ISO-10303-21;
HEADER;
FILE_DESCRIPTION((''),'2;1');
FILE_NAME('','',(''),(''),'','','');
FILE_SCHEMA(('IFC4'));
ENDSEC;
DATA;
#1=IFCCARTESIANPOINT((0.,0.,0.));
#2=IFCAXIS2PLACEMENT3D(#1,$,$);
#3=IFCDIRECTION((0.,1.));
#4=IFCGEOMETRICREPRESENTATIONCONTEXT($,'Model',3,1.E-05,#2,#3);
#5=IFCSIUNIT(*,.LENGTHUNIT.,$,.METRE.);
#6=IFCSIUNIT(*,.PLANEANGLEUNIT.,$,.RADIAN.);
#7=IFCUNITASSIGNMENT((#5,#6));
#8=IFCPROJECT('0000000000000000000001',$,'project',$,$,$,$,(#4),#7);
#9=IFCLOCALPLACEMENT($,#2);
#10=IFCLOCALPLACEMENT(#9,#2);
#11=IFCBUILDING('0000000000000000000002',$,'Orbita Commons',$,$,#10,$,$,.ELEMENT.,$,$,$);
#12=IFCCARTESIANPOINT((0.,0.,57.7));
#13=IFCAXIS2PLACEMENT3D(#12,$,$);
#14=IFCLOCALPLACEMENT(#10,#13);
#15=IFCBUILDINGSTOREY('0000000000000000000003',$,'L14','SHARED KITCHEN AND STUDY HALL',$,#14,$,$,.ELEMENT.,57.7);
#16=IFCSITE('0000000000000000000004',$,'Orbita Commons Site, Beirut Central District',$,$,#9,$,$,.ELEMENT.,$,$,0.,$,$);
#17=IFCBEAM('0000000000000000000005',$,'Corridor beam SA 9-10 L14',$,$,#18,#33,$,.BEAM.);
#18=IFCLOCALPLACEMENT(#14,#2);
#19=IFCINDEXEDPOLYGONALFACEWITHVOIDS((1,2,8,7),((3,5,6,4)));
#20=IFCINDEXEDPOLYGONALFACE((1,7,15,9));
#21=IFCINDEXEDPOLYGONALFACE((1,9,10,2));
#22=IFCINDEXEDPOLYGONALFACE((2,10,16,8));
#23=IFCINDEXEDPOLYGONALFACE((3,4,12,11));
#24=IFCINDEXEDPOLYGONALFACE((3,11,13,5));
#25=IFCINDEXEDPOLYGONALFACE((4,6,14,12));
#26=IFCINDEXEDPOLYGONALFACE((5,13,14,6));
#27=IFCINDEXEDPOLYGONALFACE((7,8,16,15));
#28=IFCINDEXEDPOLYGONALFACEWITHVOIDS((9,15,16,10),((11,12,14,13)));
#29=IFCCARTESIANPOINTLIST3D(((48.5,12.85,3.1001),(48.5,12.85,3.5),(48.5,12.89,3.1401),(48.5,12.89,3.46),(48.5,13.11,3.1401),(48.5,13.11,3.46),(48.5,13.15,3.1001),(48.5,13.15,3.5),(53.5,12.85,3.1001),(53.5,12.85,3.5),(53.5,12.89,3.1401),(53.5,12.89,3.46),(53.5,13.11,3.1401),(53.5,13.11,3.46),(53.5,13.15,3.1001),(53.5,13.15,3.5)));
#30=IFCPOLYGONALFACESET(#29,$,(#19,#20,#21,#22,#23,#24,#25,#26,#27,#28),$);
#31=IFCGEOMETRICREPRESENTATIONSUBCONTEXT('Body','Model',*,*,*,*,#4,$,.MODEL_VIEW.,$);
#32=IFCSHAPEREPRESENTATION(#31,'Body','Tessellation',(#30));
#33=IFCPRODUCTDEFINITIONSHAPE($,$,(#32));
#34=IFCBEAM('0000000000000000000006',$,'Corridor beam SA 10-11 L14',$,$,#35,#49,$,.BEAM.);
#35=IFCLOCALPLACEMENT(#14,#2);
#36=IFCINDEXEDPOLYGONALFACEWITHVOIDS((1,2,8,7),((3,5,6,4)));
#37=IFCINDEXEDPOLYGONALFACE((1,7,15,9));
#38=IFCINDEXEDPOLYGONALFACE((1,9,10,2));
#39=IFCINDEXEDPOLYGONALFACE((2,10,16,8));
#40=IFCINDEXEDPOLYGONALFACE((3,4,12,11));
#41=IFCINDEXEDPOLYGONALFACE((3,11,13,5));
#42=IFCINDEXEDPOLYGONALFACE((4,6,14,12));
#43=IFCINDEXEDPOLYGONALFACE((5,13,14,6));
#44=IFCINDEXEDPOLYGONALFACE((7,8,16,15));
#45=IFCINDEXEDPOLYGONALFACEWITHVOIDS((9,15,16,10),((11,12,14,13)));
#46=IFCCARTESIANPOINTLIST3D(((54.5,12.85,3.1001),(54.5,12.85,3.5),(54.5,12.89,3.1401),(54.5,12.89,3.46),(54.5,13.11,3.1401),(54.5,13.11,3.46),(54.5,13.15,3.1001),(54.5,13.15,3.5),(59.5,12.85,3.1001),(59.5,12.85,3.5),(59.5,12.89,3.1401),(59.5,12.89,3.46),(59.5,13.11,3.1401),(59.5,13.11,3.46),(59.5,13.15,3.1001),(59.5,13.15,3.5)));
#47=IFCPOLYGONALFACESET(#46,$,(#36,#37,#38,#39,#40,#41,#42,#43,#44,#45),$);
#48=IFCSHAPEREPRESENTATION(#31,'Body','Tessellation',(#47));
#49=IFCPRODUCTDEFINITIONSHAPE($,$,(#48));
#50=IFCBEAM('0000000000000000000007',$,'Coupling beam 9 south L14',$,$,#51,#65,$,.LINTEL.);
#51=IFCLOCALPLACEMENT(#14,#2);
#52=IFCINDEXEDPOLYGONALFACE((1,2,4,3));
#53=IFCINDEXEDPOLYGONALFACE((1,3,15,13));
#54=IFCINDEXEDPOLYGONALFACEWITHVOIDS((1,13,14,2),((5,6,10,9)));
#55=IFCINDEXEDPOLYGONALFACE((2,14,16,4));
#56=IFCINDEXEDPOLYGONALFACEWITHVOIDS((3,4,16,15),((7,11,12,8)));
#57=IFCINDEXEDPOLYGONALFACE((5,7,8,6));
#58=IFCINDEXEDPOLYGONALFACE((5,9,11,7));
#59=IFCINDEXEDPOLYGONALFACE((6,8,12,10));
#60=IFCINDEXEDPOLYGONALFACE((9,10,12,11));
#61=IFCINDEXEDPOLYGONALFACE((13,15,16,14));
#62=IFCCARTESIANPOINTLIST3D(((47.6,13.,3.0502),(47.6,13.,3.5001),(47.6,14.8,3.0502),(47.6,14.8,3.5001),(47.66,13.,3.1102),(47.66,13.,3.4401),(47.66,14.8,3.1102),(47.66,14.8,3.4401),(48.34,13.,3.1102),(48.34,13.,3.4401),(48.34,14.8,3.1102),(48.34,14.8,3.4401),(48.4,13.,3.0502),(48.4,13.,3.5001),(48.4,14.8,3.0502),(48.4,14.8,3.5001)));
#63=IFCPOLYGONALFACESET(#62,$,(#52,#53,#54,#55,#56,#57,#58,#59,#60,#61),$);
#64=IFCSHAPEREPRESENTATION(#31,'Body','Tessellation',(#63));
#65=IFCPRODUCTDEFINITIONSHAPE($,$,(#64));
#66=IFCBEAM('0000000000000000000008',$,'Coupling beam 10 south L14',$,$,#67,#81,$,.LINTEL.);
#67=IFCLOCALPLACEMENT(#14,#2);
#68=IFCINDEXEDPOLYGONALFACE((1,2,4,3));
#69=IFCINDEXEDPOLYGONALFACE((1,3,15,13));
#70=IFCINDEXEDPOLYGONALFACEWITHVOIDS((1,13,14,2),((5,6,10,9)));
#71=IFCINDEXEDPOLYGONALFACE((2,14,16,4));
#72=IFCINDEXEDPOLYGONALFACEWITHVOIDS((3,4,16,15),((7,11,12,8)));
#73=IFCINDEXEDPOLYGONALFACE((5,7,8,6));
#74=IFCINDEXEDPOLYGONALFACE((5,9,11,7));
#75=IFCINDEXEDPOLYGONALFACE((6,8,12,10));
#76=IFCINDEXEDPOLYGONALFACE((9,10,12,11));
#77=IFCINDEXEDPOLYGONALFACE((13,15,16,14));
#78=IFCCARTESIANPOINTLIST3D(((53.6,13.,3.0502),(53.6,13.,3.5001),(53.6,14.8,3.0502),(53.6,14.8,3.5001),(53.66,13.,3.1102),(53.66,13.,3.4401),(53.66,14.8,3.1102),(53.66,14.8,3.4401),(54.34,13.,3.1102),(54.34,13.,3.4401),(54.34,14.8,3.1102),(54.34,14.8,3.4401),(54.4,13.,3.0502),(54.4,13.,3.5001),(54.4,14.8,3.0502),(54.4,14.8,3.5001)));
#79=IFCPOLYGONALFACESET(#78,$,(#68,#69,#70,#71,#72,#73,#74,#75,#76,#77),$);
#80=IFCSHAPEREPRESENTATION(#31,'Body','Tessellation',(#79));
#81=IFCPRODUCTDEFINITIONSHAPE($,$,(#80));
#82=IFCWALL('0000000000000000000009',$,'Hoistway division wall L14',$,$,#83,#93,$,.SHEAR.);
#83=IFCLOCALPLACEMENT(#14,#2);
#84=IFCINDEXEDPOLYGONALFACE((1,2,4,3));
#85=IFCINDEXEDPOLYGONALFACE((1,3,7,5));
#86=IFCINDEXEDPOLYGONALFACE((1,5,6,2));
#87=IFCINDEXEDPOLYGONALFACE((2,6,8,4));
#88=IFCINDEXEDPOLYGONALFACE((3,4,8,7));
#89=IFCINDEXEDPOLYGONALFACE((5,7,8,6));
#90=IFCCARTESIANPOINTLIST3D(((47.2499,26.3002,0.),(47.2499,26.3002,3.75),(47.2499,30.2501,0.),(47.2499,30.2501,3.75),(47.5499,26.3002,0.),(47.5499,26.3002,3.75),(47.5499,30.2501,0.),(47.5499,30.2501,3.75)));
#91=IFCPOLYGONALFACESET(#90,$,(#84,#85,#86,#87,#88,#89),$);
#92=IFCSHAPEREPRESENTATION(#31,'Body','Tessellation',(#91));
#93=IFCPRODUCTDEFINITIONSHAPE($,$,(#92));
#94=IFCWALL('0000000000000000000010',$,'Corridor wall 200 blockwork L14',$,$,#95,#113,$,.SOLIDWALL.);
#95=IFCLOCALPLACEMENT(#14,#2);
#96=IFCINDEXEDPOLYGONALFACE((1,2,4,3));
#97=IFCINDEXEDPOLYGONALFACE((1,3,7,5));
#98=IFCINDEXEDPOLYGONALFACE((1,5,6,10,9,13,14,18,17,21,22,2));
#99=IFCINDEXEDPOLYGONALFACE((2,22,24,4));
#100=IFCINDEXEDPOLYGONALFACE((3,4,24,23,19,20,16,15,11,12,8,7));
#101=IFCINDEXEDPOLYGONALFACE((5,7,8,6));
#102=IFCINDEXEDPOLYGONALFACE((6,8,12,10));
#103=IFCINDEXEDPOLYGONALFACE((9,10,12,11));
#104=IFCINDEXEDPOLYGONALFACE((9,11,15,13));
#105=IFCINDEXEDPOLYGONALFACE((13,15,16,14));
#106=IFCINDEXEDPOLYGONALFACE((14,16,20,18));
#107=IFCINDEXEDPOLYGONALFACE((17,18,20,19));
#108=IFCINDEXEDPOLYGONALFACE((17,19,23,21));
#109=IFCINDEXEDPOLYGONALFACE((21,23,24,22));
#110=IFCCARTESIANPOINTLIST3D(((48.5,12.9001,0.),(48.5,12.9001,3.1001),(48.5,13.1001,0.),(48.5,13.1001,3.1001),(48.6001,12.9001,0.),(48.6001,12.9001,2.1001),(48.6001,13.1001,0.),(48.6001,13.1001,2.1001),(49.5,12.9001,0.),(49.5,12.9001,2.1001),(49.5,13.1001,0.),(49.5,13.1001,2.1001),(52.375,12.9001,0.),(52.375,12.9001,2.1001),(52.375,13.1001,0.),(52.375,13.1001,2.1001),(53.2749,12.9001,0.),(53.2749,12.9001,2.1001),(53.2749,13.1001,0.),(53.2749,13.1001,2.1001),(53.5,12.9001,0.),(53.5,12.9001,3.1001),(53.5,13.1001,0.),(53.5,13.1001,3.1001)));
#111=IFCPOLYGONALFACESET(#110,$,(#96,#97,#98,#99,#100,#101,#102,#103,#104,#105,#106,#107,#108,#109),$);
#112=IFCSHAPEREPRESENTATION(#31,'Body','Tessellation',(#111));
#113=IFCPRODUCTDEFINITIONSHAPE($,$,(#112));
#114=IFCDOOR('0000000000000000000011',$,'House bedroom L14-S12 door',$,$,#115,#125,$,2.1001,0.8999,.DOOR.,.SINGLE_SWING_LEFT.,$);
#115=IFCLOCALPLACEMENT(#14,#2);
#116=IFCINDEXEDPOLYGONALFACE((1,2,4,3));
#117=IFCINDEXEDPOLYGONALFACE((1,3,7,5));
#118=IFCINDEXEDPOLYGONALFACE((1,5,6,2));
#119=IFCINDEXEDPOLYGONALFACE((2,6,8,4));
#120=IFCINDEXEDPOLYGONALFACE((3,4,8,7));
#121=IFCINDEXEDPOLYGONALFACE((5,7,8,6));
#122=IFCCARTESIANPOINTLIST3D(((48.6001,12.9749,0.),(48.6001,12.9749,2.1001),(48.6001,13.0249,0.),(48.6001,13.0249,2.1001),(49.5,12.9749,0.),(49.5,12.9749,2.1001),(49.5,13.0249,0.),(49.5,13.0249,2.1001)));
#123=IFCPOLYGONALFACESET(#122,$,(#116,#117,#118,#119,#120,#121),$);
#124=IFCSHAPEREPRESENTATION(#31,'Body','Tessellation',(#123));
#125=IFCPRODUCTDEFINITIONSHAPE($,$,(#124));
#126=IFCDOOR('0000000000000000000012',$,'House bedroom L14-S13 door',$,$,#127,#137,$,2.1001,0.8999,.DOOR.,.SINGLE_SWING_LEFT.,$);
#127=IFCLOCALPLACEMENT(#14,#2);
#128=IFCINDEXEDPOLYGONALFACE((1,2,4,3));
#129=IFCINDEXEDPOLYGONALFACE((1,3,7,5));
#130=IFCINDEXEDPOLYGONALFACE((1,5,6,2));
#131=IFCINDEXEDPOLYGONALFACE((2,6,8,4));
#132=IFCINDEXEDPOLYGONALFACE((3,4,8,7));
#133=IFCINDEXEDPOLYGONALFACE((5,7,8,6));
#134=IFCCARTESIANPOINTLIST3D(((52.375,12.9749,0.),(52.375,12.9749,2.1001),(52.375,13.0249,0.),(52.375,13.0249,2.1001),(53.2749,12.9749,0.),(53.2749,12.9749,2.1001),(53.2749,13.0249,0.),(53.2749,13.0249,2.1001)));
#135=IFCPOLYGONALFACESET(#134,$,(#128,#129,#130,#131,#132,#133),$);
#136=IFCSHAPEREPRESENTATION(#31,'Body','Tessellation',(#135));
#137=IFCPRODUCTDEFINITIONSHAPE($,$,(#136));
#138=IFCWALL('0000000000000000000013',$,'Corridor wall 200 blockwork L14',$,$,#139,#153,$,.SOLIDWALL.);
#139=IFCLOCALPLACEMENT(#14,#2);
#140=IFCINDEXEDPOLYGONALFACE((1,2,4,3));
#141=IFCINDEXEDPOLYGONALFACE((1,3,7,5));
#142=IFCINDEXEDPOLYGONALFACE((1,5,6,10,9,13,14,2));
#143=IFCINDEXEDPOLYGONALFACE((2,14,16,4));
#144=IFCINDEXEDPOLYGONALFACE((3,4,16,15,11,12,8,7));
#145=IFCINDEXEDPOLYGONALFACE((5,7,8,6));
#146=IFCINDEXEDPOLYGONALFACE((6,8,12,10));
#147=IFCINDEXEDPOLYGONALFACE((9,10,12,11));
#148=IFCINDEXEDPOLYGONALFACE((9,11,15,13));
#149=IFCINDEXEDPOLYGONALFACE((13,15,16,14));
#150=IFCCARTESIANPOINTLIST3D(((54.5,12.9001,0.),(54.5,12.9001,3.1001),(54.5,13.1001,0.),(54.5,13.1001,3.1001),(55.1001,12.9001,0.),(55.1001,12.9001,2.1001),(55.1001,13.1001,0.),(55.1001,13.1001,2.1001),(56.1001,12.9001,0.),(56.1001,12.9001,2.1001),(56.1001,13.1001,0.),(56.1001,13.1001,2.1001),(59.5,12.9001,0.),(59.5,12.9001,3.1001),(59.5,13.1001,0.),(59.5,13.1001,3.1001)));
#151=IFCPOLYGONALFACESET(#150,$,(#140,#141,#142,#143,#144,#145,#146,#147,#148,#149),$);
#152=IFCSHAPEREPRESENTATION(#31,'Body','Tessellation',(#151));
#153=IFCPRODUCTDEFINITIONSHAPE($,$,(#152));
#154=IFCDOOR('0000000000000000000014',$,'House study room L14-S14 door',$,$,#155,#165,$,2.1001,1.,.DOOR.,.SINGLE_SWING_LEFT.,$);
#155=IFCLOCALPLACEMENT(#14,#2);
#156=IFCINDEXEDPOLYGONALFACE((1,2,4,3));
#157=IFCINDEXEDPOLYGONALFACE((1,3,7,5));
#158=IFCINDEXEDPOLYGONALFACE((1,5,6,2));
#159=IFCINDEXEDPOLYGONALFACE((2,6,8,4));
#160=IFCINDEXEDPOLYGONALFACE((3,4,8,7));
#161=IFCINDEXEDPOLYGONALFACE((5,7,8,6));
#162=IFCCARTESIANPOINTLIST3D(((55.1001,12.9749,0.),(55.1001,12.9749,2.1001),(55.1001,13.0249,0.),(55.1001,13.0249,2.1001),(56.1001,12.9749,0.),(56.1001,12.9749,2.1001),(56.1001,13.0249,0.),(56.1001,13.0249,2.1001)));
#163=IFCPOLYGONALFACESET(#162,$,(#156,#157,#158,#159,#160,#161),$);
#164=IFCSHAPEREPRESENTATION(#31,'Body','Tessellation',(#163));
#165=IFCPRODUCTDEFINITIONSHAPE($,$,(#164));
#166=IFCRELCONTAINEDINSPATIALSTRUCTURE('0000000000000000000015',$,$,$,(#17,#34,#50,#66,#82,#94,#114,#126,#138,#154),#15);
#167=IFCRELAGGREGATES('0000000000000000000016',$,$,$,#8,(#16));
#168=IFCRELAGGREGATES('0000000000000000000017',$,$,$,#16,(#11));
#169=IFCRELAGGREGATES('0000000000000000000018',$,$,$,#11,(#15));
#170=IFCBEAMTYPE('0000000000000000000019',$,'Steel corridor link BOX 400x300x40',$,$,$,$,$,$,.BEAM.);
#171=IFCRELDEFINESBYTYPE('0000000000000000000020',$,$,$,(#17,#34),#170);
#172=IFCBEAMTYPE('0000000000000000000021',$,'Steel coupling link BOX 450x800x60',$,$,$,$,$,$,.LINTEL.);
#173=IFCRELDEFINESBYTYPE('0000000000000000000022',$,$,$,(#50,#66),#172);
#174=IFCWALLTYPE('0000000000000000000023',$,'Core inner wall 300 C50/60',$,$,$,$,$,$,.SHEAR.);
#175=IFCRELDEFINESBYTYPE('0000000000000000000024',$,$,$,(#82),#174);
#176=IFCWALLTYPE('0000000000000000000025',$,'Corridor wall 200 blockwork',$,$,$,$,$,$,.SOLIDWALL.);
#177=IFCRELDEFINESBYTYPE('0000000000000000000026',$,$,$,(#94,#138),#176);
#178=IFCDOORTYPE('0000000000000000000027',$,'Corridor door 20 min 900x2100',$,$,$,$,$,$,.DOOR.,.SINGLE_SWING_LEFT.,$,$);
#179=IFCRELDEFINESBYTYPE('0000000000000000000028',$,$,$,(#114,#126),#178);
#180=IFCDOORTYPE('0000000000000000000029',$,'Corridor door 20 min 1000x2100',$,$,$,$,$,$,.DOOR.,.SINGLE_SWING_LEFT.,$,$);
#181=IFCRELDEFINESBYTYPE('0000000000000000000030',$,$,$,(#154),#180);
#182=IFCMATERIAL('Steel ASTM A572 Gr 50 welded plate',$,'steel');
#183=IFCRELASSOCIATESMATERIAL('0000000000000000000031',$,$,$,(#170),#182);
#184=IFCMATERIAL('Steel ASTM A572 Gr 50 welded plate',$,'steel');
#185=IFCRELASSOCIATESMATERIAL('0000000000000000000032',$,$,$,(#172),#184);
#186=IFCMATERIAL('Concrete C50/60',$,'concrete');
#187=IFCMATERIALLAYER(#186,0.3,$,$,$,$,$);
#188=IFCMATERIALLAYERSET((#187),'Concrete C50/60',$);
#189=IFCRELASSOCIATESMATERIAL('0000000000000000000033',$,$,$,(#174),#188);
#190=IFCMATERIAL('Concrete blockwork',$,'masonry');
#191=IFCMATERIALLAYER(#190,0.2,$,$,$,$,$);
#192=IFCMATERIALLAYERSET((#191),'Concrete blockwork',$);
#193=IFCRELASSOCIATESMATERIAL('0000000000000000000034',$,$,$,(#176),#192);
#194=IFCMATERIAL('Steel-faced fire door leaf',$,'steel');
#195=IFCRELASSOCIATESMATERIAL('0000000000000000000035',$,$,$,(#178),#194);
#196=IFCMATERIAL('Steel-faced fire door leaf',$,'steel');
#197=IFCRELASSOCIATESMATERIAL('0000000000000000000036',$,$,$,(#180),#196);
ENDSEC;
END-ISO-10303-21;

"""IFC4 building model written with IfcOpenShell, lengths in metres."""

from ifc_helpers import new_model, si_unit, direction, frame, frame_2d, origin, origin_2d, place, context, subcontext, project, spatial, polyline, rectangle, hollow_rectangle, outline, extrude, material, layer, layer_set, material_profile, profile_set, type_object, element, fill, save


model = new_model("IFC4")

# Units and contexts
model_context = context("Model", 3, precision=1e-05, world=origin(), true_north=direction((0.0, 1.0)))
body_context = subcontext(model_context, "Body", "Model", "MODEL_VIEW")
ifc_project = project(units=[si_unit("LENGTHUNIT", "METRE"), si_unit("PLANEANGLEUNIT", "RADIAN")], contexts=[model_context])

# Site, building, storey
site_placement = place(None, origin())
site = spatial("IfcSite", under=ifc_project, at=site_placement, Name="Orbita Commons Site, Beirut Central District", CompositionType="ELEMENT", RefElevation=0.0)
building_placement = place(site_placement, origin())
building = spatial("IfcBuilding", under=site, at=building_placement, Name="Orbita Commons", CompositionType="ELEMENT")
storey_placement = place(building_placement, frame((0.0, 0.0, 57.7)))
storey = spatial("IfcBuildingStorey", under=building, at=storey_placement, Name="L14", Description="SHARED KITCHEN AND STUDY HALL", CompositionType="ELEMENT", Elevation=57.7)

# Beams
ifc_material_1 = material(Name="Steel ASTM A572 Gr 50 welded plate", Category="steel")
ifc_material_profile_1 = material_profile(ifc_material_1, hollow_rectangle(XDim=0.3, YDim=0.3999, WallThickness=0.04, at=origin_2d()), Name="BOX 400x300x40")
ifc_profile_set_1 = profile_set([ifc_material_profile_1], Name="Steel ASTM A572 Gr 50 welded plate")
beam_type_1 = type_object("IfcBeamType", Name="Steel corridor link BOX 400x300x40", PredefinedType="BEAM", material=ifc_profile_set_1)
for number, where, z_axis, x_axis, name in (
    (1, (48.5, 13.0, 3.3), (1.0, 0.0, 0.0), (0.0, 1.0, 0.0), "Corridor beam SA 9-10 L14"),
    (2, (54.5, 13.0, 3.3), (1.0, 0.0, 0.0), (0.0, 1.0, 0.0), "Corridor beam SA 10-11 L14"),
):
    element("IfcBeam", number, at=place(storey_placement, frame(where, z_axis=z_axis, x_axis=x_axis)), inside=storey, type_object=beam_type_1, Name=name, PredefinedType="BEAM", context=body_context, shape_type="SweptSolid", body=[
        extrude(hollow_rectangle(XDim=0.3, YDim=0.3999, WallThickness=0.04, at=origin_2d()), origin(), (0.0, 0.0, 1.0), 5.0),
    ])
ifc_material_2 = material(Name="Steel ASTM A572 Gr 50 welded plate", Category="steel")
ifc_material_profile_2 = material_profile(ifc_material_2, hollow_rectangle(XDim=0.8, YDim=0.45, WallThickness=0.0601, at=origin_2d()), Name="BOX 450x800x60")
ifc_profile_set_2 = profile_set([ifc_material_profile_2], Name="Steel ASTM A572 Gr 50 welded plate")
beam_type_2 = type_object("IfcBeamType", Name="Steel coupling link BOX 450x800x60", PredefinedType="LINTEL", material=ifc_profile_set_2)
for number, where, z_axis, x_axis, name in (
    (3, (48.0, 13.0, 3.2751), (0.0, 1.0, 0.0), (-1.0, 0.0, 0.0), "Coupling beam 9 south L14"),
    (4, (54.0, 13.0, 3.2751), (0.0, 1.0, 0.0), (-1.0, 0.0, 0.0), "Coupling beam 10 south L14"),
):
    element("IfcBeam", number, at=place(storey_placement, frame(where, z_axis=z_axis, x_axis=x_axis)), inside=storey, type_object=beam_type_2, Name=name, PredefinedType="LINTEL", context=body_context, shape_type="SweptSolid", body=[
        extrude(hollow_rectangle(XDim=0.8, YDim=0.45, WallThickness=0.0601, at=origin_2d()), origin(), (0.0, 0.0, 1.0), 1.8),
    ])

# Wall
ifc_material_3 = material(Name="Concrete C50/60", Category="concrete")
ifc_layer_1 = layer(ifc_material_3, 0.3)
ifc_layer_set_1 = layer_set([ifc_layer_1], Name="Concrete C50/60")
wall_type_1 = type_object("IfcWallType", Name="Core inner wall 300 C50/60", PredefinedType="SHEAR", material=ifc_layer_set_1)
wall_1_placement = place(storey_placement, frame((47.3999, 26.3, 0.0), z_axis=(0.0, 0.0, 1.0), x_axis=(0.0, 1.0, 0.0)))
element("IfcWall", 5, at=wall_1_placement, inside=storey, type_object=wall_type_1, Name="Hoistway division wall L14", PredefinedType="SHEAR", context=body_context, shape_type="SweptSolid", body=[
    extrude(rectangle(XDim=3.95, YDim=0.3, at=frame_2d((1.9751, 0.0))), origin(), (0.0, 0.0, 1.0), 3.75),
])

# Wall, openings, doors
ifc_material_4 = material(Name="Concrete blockwork", Category="masonry")
ifc_layer_2 = layer(ifc_material_4, 0.2)
ifc_layer_set_2 = layer_set([ifc_layer_2], Name="Concrete blockwork")
wall_type_2 = type_object("IfcWallType", Name="Corridor wall 200 blockwork", PredefinedType="SOLIDWALL", material=ifc_layer_set_2)
wall_2_placement = place(storey_placement, frame((48.5, 13.0, 0.0), z_axis=(0.0, 0.0, 1.0), x_axis=(1.0, 0.0, 0.0)))
wall_2 = element("IfcWall", 6, at=wall_2_placement, inside=storey, type_object=wall_type_2, Name="Corridor wall 200 blockwork L14", PredefinedType="SOLIDWALL", context=body_context, shape_type="SweptSolid", body=[
    extrude(outline(polyline([(0.0, 0.0), (5.0, 0.0), (5.0, 3.1001), (0.0, 3.1001), (0.0, 0.0)])), frame((0.0, 0.1001, 0.0), z_axis=(0.0, -1.0, 0.0), x_axis=(1.0, 0.0, 0.0)), (0.0, 0.0, 1.0), 0.2),
])
opening_1_placement = place(wall_2_placement, frame((0.1001, 0.0, 0.0)))
opening_1 = element("IfcOpeningElement", 7, at=opening_1_placement, cuts=wall_2, PredefinedType="OPENING", context=body_context, shape_type="SweptSolid", body=[
    extrude(rectangle(XDim=0.8999, YDim=2.1001, at=frame_2d((0.45, 1.05))), frame((0.0, 0.1099, 0.0), z_axis=(0.0, -1.0, 0.0), x_axis=(1.0, 0.0, 0.0)), (0.0, 0.0, 1.0), 0.22),
])
opening_2_placement = place(wall_2_placement, frame((3.875, 0.0, 0.0)))
opening_2 = element("IfcOpeningElement", 8, at=opening_2_placement, cuts=wall_2, PredefinedType="OPENING", context=body_context, shape_type="SweptSolid", body=[
    extrude(rectangle(XDim=0.8999, YDim=2.1001, at=frame_2d((0.45, 1.05))), frame((0.0, 0.1099, 0.0), z_axis=(0.0, -1.0, 0.0), x_axis=(1.0, 0.0, 0.0)), (0.0, 0.0, 1.0), 0.22),
])
ifc_material_5 = material(Name="Steel-faced fire door leaf", Category="steel")
door_type_1 = type_object("IfcDoorType", Name="Corridor door 20 min 900x2100", OperationType="SINGLE_SWING_LEFT", PredefinedType="DOOR", material=ifc_material_5)
door_1_placement = place(opening_1_placement, origin())
door_1 = element("IfcDoor", 9, at=door_1_placement, inside=storey, type_object=door_type_1, Name="House bedroom L14-S12 door", OperationType="SINGLE_SWING_LEFT", OverallHeight=2.1001, OverallWidth=0.8999, PredefinedType="DOOR", context=body_context, shape_type="SweptSolid", body=[
    extrude(rectangle(XDim=0.8999, YDim=2.1001, at=frame_2d((0.45, 1.05))), frame((0.0, 0.0249, 0.0), z_axis=(0.0, -1.0, 0.0), x_axis=(1.0, 0.0, 0.0)), (0.0, 0.0, 1.0), 0.05),
])
fill(opening_1, door_1)
door_2_placement = place(opening_2_placement, origin())
door_2 = element("IfcDoor", 10, at=door_2_placement, inside=storey, type_object=door_type_1, Name="House bedroom L14-S13 door", OperationType="SINGLE_SWING_LEFT", OverallHeight=2.1001, OverallWidth=0.8999, PredefinedType="DOOR", context=body_context, shape_type="SweptSolid", body=[
    extrude(rectangle(XDim=0.8999, YDim=2.1001, at=frame_2d((0.45, 1.05))), frame((0.0, 0.0249, 0.0), z_axis=(0.0, -1.0, 0.0), x_axis=(1.0, 0.0, 0.0)), (0.0, 0.0, 1.0), 0.05),
])
fill(opening_2, door_2)

# Wall, opening, door
wall_3_placement = place(storey_placement, frame((54.5, 13.0, 0.0), z_axis=(0.0, 0.0, 1.0), x_axis=(1.0, 0.0, 0.0)))
wall_3 = element("IfcWall", 11, at=wall_3_placement, inside=storey, type_object=wall_type_2, Name="Corridor wall 200 blockwork L14", PredefinedType="SOLIDWALL", context=body_context, shape_type="SweptSolid", body=[
    extrude(outline(polyline([(0.0, 0.0), (5.0, 0.0), (5.0, 3.1001), (0.0, 3.1001), (0.0, 0.0)])), frame((0.0, 0.1001, 0.0), z_axis=(0.0, -1.0, 0.0), x_axis=(1.0, 0.0, 0.0)), (0.0, 0.0, 1.0), 0.2),
])
opening_3_placement = place(wall_3_placement, frame((0.6001, 0.0, 0.0)))
opening_3 = element("IfcOpeningElement", 12, at=opening_3_placement, cuts=wall_3, PredefinedType="OPENING", context=body_context, shape_type="SweptSolid", body=[
    extrude(rectangle(XDim=1.0, YDim=2.1001, at=frame_2d((0.5, 1.05))), frame((0.0, 0.1099, 0.0), z_axis=(0.0, -1.0, 0.0), x_axis=(1.0, 0.0, 0.0)), (0.0, 0.0, 1.0), 0.22),
])
ifc_material_6 = material(Name="Steel-faced fire door leaf", Category="steel")
door_type_2 = type_object("IfcDoorType", Name="Corridor door 20 min 1000x2100", OperationType="SINGLE_SWING_LEFT", PredefinedType="DOOR", material=ifc_material_6)
door_3_placement = place(opening_3_placement, origin())
door_3 = element("IfcDoor", 13, at=door_3_placement, inside=storey, type_object=door_type_2, Name="House study room L14-S14 door", OperationType="SINGLE_SWING_LEFT", OverallHeight=2.1001, OverallWidth=1.0, PredefinedType="DOOR", context=body_context, shape_type="SweptSolid", body=[
    extrude(rectangle(XDim=1.0, YDim=2.1001, at=frame_2d((0.5, 1.05))), frame((0.0, 0.0249, 0.0), z_axis=(0.0, -1.0, 0.0), x_axis=(1.0, 0.0, 0.0)), (0.0, 0.0, 1.0), 0.05),
])
fill(opening_3, door_3)

save(model, "model.ifc")
